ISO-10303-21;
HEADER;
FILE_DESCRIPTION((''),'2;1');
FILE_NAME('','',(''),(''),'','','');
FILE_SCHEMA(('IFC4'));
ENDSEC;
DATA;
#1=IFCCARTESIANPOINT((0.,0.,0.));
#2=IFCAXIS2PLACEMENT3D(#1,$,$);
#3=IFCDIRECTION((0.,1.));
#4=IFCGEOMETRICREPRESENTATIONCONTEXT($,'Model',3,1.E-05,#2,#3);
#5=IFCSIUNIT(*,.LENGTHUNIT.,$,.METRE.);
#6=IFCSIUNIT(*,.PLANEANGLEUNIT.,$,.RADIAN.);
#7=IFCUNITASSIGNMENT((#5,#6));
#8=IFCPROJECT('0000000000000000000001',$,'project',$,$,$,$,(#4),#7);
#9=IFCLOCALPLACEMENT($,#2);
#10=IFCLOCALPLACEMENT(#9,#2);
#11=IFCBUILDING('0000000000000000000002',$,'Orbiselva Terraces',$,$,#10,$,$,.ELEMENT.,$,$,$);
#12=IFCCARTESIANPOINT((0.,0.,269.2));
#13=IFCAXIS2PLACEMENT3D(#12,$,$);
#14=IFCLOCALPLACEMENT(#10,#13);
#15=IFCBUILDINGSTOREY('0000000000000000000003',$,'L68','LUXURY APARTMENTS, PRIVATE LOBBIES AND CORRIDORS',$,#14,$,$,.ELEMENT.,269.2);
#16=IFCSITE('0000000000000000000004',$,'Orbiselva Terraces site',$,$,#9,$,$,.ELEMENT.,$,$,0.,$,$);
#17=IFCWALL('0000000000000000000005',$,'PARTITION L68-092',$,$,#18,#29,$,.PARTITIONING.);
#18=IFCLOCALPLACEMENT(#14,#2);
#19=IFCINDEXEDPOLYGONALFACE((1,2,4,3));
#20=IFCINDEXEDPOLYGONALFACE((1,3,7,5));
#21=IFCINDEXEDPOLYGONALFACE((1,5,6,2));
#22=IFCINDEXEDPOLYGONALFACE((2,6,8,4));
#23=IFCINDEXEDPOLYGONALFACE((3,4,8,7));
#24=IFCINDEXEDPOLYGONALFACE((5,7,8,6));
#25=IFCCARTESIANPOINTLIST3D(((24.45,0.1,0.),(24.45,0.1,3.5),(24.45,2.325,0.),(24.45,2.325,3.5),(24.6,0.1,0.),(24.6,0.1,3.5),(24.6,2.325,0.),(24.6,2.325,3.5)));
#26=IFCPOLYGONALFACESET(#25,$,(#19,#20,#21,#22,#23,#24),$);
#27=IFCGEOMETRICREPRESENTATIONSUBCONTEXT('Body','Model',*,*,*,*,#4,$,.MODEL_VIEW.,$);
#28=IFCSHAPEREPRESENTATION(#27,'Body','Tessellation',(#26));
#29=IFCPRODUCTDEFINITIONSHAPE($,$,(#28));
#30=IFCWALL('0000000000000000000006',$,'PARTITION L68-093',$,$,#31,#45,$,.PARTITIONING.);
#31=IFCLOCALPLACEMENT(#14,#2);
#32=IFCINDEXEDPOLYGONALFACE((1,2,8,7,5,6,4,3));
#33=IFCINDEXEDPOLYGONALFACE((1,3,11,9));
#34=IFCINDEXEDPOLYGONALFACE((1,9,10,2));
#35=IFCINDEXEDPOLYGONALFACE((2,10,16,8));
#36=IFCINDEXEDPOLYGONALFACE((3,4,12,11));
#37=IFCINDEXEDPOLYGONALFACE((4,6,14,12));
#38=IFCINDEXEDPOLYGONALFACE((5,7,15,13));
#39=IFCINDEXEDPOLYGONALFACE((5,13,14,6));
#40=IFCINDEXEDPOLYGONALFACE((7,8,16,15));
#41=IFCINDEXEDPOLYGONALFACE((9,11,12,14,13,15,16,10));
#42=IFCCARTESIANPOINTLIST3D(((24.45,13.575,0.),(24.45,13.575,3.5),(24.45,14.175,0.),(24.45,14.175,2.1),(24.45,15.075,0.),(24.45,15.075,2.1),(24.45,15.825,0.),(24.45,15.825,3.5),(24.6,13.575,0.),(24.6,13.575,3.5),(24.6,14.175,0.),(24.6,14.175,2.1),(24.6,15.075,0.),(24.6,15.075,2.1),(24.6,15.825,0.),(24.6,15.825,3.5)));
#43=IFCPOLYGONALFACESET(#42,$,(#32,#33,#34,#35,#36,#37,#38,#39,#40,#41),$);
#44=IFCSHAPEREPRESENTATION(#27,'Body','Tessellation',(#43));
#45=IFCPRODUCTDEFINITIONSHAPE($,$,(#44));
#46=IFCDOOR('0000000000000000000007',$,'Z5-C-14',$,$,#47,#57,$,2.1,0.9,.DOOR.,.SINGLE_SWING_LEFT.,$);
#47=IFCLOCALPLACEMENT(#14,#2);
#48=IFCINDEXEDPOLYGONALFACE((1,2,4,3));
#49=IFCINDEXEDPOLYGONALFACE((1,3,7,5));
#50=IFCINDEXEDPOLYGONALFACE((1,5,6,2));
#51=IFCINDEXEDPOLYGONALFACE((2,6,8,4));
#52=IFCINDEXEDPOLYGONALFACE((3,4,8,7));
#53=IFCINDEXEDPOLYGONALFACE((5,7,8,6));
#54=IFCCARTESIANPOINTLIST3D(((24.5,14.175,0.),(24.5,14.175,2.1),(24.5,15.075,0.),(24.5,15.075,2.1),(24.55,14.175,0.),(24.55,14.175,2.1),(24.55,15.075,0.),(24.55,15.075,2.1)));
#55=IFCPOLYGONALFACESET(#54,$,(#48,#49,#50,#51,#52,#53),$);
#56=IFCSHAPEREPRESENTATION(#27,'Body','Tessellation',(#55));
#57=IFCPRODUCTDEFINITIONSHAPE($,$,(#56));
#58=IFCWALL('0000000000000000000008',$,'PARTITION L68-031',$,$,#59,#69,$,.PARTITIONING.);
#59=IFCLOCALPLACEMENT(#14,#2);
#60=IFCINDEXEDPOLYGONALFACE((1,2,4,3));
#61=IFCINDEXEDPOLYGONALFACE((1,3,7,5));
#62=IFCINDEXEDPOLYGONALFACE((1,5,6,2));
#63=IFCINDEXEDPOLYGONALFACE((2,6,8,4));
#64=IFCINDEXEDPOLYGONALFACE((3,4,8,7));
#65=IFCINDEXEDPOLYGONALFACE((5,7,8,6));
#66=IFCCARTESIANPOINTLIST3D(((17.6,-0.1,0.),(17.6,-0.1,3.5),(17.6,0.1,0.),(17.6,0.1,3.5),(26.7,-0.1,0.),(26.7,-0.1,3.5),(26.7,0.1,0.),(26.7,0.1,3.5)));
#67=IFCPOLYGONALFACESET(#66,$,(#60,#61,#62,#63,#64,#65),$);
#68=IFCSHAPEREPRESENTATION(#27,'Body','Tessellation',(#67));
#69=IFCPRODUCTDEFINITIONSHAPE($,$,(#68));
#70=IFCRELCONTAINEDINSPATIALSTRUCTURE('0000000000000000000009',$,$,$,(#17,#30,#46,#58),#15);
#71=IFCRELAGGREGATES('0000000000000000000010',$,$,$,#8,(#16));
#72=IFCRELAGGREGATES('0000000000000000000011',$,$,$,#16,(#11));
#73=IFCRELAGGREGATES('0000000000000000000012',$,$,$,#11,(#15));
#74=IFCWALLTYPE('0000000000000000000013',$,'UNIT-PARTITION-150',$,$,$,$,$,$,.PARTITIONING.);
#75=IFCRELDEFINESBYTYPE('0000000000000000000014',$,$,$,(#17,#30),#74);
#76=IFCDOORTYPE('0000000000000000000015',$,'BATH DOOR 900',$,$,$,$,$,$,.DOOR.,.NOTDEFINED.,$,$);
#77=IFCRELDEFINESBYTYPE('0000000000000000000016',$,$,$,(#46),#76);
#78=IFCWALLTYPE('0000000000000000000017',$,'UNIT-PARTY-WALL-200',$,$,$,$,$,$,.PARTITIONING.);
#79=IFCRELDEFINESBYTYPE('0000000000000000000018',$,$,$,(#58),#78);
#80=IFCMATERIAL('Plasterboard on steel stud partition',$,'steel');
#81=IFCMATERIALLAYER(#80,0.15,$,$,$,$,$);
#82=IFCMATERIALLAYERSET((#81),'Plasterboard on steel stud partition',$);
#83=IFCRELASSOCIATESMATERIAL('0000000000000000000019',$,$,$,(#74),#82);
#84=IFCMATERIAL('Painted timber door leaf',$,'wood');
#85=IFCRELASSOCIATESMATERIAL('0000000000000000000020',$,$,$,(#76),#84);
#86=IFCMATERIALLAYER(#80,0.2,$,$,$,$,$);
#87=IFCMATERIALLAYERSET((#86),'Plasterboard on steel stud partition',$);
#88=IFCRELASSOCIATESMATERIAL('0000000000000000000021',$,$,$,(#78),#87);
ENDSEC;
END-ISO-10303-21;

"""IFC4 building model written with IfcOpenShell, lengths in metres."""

from ifc_helpers import new_model, si_unit, direction, frame, frame_2d, origin, place, context, subcontext, project, spatial, rectangle, extrude, material, layer, layer_set, type_object, element, fill, save


model = new_model("IFC4")

# Units and contexts
model_context = context("Model", 3, precision=1e-05, world=origin(), true_north=direction((0.0, 1.0)))
body_context = subcontext(model_context, "Body", "Model", "MODEL_VIEW")
ifc_project = project(units=[si_unit("LENGTHUNIT", "METRE"), si_unit("PLANEANGLEUNIT", "RADIAN")], contexts=[model_context])

# Site, building, storey
site_placement = place(None, origin())
site = spatial("IfcSite", under=ifc_project, at=site_placement, Name="Orbiselva Terraces site", CompositionType="ELEMENT", RefElevation=0.0)
building_placement = place(site_placement, origin())
building = spatial("IfcBuilding", under=site, at=building_placement, Name="Orbiselva Terraces", CompositionType="ELEMENT")
storey_placement = place(building_placement, frame((0.0, 0.0, 269.2)))
storey = spatial("IfcBuildingStorey", under=building, at=storey_placement, Name="L68", Description="LUXURY APARTMENTS, PRIVATE LOBBIES AND CORRIDORS", CompositionType="ELEMENT", Elevation=269.2)

# Shared definitions
ifc_material_1 = material(Name="Plasterboard on steel stud partition", Category="steel")
ifc_material_2 = material(Name="Painted timber door leaf", Category="wood")

# Shared definitions
ifc_layer_1 = layer(ifc_material_1, 0.15)
ifc_layer_set_1 = layer_set([ifc_layer_1], Name="Plasterboard on steel stud partition")
wall_type_1 = type_object("IfcWallType", Name="UNIT-PARTITION-150", PredefinedType="PARTITIONING", material=ifc_layer_set_1)
door_type_1 = type_object("IfcDoorType", Name="BATH DOOR 900", OperationType="NOTDEFINED", PredefinedType="DOOR", material=ifc_material_2)

# Wall
wall_1_placement = place(storey_placement, frame((24.525, 0.1, 0.0), z_axis=(0.0, 0.0, 1.0), x_axis=(0.0, 1.0, 0.0)))
element("IfcWall", 1, at=wall_1_placement, inside=storey, type_object=wall_type_1, Name="PARTITION L68-092", PredefinedType="PARTITIONING", context=body_context, shape_type="SweptSolid", body=[
    extrude(rectangle(XDim=2.225, YDim=0.15, at=frame_2d((1.1125, 0.0))), origin(), (0.0, 0.0, 1.0), 3.5),
])

# Wall, opening, door
wall_2_placement = place(storey_placement, frame((24.525, 13.575, 0.0), z_axis=(0.0, 0.0, 1.0), x_axis=(0.0, 1.0, 0.0)))
wall_2 = element("IfcWall", 2, at=wall_2_placement, inside=storey, type_object=wall_type_1, Name="PARTITION L68-093", PredefinedType="PARTITIONING", context=body_context, shape_type="SweptSolid", body=[
    extrude(rectangle(XDim=2.25, YDim=0.15, at=frame_2d((1.125, 0.0))), origin(), (0.0, 0.0, 1.0), 3.5),
])
opening_1_placement = place(wall_2_placement, frame((0.6, 0.0, 0.0)))
opening_1 = element("IfcOpeningElement", 3, at=opening_1_placement, cuts=wall_2, PredefinedType="OPENING", context=body_context, shape_type="SweptSolid", body=[
    extrude(rectangle(XDim=0.9, YDim=2.1, at=frame_2d((0.45, 1.05))), frame((0.0, 0.085, 0.0), z_axis=(0.0, -1.0, 0.0), x_axis=(1.0, 0.0, 0.0)), (0.0, 0.0, 1.0), 0.17),
])
door_1_placement = place(opening_1_placement, origin())
door_1 = element("IfcDoor", 4, at=door_1_placement, inside=storey, type_object=door_type_1, Name="Z5-C-14", OperationType="SINGLE_SWING_LEFT", OverallHeight=2.1, OverallWidth=0.9, PredefinedType="DOOR", context=body_context, shape_type="SweptSolid", body=[
    extrude(rectangle(XDim=0.9, YDim=2.1, at=frame_2d((0.45, 1.05))), frame((0.0, 0.025, 0.0), z_axis=(0.0, -1.0, 0.0), x_axis=(1.0, 0.0, 0.0)), (0.0, 0.0, 1.0), 0.05),
])
fill(opening_1, door_1)

# Wall
ifc_layer_2 = layer(ifc_material_1, 0.2)
ifc_layer_set_2 = layer_set([ifc_layer_2], Name="Plasterboard on steel stud partition")
wall_type_2 = type_object("IfcWallType", Name="UNIT-PARTY-WALL-200", PredefinedType="PARTITIONING", material=ifc_layer_set_2)
wall_3_placement = place(storey_placement, frame((17.6, 0.0, 0.0), z_axis=(0.0, 0.0, 1.0), x_axis=(1.0, 0.0, 0.0)))
element("IfcWall", 5, at=wall_3_placement, inside=storey, type_object=wall_type_2, Name="PARTITION L68-031", PredefinedType="PARTITIONING", context=body_context, shape_type="SweptSolid", body=[
    extrude(rectangle(XDim=9.1, YDim=0.2, at=frame_2d((4.55, 0.0))), origin(), (0.0, 0.0, 1.0), 3.5),
])

save(model, "model.ifc")
